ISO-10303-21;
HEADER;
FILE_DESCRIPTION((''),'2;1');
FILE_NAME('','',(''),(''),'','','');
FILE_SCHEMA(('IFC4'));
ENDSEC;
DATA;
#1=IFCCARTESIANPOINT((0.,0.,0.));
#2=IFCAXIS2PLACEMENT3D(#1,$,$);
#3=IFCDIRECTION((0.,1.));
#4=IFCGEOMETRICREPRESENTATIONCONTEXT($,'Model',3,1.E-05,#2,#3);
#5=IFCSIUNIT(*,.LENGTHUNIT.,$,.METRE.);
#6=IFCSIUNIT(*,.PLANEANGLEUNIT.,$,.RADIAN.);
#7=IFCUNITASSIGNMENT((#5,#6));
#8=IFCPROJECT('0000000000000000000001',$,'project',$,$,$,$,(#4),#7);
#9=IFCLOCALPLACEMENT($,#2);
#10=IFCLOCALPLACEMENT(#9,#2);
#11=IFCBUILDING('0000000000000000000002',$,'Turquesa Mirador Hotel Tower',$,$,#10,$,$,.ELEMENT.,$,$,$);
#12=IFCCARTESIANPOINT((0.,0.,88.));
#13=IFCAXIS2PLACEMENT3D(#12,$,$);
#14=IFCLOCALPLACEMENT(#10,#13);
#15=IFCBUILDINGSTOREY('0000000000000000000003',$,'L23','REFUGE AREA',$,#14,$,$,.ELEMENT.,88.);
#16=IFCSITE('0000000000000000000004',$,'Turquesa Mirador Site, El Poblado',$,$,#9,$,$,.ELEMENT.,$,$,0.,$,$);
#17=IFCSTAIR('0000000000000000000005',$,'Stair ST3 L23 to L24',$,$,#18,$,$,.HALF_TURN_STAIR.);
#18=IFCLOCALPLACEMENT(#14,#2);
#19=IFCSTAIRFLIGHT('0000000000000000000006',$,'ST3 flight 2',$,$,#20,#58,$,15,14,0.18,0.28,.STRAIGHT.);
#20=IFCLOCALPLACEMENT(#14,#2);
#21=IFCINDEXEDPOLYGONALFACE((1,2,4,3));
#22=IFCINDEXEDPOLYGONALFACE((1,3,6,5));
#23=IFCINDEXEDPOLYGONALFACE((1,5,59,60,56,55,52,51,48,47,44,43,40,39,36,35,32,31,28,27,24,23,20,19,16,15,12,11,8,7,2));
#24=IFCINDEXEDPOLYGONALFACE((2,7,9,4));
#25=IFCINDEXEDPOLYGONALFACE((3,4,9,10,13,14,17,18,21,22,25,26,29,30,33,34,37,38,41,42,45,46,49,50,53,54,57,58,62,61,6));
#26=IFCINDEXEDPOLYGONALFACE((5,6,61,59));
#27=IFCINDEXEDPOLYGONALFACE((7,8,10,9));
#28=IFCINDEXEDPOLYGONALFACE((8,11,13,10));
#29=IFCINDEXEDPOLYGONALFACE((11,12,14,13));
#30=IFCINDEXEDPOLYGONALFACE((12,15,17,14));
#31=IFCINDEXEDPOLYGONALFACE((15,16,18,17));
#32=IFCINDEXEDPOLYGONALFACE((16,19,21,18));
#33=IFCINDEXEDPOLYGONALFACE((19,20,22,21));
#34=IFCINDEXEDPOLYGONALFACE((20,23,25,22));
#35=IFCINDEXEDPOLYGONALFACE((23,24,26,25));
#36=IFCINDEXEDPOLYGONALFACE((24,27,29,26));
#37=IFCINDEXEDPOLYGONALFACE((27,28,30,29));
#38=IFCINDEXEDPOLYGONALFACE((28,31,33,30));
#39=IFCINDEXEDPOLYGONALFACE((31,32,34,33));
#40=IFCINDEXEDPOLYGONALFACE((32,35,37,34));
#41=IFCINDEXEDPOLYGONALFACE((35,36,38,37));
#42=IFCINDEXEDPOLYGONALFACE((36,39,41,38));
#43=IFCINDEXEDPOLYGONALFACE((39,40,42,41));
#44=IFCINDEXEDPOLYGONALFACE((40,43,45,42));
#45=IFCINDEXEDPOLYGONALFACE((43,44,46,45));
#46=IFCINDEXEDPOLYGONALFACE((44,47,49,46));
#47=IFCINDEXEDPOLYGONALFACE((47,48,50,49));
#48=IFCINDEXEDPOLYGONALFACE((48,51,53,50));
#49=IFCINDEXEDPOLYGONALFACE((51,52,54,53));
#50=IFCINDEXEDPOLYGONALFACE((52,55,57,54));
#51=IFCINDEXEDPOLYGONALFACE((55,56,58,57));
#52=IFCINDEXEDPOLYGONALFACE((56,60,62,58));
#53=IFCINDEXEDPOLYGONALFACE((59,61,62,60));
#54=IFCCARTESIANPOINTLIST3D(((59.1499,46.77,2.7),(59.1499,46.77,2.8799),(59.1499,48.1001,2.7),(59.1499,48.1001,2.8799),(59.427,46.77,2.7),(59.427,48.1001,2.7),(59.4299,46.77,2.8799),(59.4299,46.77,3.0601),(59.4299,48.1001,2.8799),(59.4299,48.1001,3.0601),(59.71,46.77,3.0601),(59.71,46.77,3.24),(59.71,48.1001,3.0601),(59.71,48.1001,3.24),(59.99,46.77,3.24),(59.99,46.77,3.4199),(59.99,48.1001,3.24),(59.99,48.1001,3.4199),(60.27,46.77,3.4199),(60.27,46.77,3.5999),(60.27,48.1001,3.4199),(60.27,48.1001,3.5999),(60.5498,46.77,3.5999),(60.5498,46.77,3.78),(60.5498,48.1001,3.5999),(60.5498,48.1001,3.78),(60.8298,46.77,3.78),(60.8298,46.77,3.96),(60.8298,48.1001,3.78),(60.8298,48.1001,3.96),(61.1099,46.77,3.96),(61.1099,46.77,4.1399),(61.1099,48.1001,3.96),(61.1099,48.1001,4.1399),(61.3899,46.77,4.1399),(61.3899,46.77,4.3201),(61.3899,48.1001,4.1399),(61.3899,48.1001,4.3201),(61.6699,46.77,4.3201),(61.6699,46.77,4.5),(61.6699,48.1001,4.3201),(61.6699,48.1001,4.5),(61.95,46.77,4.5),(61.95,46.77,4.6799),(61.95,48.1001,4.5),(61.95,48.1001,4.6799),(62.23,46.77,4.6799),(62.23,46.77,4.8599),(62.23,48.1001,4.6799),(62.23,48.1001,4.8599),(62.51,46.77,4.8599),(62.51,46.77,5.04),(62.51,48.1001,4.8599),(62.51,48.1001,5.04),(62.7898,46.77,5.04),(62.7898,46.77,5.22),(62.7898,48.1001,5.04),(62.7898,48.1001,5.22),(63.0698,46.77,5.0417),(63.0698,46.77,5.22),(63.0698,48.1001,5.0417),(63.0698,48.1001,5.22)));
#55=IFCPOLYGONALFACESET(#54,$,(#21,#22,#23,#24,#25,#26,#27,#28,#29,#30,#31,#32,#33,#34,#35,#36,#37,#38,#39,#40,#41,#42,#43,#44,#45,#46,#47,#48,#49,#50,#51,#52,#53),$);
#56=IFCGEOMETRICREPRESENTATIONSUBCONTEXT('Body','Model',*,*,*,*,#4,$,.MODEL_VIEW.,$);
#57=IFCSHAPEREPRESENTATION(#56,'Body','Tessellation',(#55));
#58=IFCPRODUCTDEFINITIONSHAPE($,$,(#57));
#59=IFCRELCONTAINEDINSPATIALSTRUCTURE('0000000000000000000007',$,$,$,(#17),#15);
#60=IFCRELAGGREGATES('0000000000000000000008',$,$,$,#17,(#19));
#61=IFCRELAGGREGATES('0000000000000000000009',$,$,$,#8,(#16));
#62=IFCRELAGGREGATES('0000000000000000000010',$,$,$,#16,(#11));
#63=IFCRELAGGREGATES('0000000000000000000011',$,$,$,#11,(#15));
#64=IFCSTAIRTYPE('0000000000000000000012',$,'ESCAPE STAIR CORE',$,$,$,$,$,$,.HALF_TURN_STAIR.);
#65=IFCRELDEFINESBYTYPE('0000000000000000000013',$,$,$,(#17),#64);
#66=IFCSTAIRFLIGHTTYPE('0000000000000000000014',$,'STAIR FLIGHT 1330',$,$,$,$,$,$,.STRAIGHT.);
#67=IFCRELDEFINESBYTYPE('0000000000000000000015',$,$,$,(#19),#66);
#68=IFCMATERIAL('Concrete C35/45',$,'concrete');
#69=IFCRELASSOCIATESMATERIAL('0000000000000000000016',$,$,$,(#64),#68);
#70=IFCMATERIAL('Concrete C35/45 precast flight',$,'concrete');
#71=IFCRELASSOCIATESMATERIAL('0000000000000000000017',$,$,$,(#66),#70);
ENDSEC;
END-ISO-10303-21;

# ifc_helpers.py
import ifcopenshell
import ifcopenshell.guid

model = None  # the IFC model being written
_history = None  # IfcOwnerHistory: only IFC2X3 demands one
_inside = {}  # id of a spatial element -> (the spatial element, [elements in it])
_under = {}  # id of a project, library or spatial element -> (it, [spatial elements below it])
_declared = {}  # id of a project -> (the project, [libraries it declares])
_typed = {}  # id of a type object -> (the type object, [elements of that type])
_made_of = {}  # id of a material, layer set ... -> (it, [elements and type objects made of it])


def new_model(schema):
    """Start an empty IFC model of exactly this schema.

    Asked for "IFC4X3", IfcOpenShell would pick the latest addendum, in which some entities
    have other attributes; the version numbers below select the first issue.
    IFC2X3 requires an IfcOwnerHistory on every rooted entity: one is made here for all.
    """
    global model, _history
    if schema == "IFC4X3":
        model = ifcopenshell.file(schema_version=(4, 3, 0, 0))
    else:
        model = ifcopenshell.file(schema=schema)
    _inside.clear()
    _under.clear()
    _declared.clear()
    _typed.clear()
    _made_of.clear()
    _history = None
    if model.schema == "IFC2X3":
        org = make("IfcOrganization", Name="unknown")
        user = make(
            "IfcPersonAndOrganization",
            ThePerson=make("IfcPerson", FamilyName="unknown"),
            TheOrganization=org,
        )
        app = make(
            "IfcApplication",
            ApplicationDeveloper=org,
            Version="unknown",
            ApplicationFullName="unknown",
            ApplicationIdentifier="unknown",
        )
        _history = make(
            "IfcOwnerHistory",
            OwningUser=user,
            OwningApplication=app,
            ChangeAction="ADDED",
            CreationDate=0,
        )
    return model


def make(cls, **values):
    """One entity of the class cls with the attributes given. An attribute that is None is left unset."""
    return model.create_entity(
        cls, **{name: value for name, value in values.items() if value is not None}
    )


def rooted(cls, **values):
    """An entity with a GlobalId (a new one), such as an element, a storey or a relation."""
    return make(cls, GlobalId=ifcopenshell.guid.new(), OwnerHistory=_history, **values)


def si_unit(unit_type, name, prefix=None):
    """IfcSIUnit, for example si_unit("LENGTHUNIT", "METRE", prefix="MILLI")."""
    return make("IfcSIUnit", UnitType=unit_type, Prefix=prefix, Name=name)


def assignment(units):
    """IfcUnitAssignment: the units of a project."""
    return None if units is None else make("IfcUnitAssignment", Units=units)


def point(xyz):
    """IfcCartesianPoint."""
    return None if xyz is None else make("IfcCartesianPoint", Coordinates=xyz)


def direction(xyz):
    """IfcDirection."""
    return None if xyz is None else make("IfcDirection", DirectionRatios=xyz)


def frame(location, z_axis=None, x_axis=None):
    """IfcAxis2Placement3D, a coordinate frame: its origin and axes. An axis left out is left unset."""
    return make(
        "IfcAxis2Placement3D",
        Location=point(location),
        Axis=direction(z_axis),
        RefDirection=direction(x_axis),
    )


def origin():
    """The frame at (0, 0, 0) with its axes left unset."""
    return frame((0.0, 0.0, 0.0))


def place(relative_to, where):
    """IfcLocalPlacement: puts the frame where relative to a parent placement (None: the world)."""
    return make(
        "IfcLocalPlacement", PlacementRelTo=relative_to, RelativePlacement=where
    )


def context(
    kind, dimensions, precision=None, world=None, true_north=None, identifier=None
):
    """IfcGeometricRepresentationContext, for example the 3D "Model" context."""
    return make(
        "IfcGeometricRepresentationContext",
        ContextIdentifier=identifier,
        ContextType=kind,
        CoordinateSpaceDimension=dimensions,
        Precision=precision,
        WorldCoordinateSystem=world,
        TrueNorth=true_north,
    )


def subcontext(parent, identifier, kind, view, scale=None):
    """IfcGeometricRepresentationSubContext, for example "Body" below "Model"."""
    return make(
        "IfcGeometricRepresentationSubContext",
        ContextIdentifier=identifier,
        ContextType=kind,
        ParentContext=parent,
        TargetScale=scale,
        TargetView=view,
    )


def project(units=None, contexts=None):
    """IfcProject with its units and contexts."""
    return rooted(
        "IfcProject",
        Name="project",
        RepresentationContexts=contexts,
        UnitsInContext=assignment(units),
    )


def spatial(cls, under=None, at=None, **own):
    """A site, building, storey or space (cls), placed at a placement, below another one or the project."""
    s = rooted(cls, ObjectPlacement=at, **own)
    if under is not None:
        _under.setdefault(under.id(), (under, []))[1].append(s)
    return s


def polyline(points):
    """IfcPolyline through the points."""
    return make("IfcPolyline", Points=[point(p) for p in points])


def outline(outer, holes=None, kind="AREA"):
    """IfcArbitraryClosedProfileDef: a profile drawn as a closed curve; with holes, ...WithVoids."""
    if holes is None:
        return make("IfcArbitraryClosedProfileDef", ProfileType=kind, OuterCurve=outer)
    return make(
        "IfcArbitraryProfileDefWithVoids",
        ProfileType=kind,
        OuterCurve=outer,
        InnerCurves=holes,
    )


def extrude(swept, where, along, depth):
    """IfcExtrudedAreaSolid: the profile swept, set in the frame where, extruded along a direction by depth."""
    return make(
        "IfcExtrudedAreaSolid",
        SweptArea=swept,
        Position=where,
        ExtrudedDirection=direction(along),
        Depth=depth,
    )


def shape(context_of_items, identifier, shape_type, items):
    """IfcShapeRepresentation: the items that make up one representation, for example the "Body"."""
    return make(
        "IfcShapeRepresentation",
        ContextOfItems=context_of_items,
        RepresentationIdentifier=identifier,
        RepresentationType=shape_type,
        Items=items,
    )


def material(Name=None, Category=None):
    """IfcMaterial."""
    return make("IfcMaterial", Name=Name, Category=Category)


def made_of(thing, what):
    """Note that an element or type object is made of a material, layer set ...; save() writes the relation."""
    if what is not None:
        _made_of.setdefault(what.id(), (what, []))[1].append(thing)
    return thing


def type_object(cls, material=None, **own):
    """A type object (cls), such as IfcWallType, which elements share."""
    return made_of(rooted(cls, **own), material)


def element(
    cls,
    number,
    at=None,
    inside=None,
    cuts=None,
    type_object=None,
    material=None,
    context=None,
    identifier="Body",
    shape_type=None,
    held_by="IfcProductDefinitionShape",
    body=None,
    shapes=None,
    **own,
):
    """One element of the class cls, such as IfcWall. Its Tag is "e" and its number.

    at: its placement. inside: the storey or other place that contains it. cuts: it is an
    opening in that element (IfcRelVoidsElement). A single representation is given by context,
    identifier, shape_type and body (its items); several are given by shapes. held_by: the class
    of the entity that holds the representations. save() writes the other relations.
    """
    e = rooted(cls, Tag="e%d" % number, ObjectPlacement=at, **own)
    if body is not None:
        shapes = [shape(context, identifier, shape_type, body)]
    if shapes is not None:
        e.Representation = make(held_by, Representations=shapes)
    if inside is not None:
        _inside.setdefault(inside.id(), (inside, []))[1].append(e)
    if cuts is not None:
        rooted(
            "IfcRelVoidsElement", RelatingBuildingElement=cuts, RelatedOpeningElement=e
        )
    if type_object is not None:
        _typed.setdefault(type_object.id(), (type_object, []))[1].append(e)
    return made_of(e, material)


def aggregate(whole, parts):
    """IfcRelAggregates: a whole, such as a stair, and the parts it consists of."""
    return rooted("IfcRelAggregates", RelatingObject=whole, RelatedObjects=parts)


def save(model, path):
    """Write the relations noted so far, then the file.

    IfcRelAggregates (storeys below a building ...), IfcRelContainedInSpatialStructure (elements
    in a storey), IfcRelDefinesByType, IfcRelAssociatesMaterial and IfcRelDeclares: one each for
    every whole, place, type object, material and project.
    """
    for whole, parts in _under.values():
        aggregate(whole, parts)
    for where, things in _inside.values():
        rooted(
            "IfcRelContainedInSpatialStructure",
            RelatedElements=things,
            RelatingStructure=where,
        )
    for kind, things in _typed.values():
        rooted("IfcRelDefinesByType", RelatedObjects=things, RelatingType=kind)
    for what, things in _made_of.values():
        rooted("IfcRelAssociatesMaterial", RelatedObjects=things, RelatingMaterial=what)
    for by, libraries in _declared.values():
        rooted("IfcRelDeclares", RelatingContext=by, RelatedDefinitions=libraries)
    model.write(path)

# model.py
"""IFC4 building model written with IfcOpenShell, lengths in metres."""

from ifc_helpers import new_model, si_unit, direction, frame, origin, place, context, subcontext, project, spatial, polyline, outline, extrude, material, type_object, element, aggregate, save


model = new_model("IFC4")

# Units and contexts
model_context = context("Model", 3, precision=1e-05, world=origin(), true_north=direction((0.0, 1.0)))
body_context = subcontext(model_context, "Body", "Model", "MODEL_VIEW")
ifc_project = project(units=[si_unit("LENGTHUNIT", "METRE"), si_unit("PLANEANGLEUNIT", "RADIAN")], contexts=[model_context])

# Site, building, storey
site_placement = place(None, origin())
site = spatial("IfcSite", under=ifc_project, at=site_placement, Name="Turquesa Mirador Site, El Poblado", CompositionType="ELEMENT", RefElevation=0.0)
building_placement = place(site_placement, origin())
building = spatial("IfcBuilding", under=site, at=building_placement, Name="Turquesa Mirador Hotel Tower", CompositionType="ELEMENT")
storey_placement = place(building_placement, frame((0.0, 0.0, 88.0)))
storey = spatial("IfcBuildingStorey", under=building, at=storey_placement, Name="L23", Description="REFUGE AREA", CompositionType="ELEMENT", Elevation=88.0)

# Shared definitions
ifc_material_1 = material(Name="Concrete C35/45", Category="concrete")
stair_type = type_object("IfcStairType", Name="ESCAPE STAIR CORE", PredefinedType="HALF_TURN_STAIR", material=ifc_material_1)
ifc_material_2 = material(Name="Concrete C35/45 precast flight", Category="concrete")
stair_flight_type = type_object("IfcStairFlightType", Name="STAIR FLIGHT 1330", PredefinedType="STRAIGHT", material=ifc_material_2)

# Stair, stair flight
stair_1_placement = place(storey_placement, origin())
stair_1 = element("IfcStair", 1, at=stair_1_placement, inside=storey, type_object=stair_type, Name="Stair ST3 L23 to L24", PredefinedType="HALF_TURN_STAIR")
stair_flight_1_placement = place(storey_placement, frame((59.1499, 47.4351, 2.7), z_axis=(0.0, 0.0, 1.0), x_axis=(1.0, 0.0, 0.0)))
stair_flight_1 = element("IfcStairFlight", 2, at=stair_flight_1_placement, type_object=stair_flight_type, Name="ST3 flight 2", NumberOfRisers=15, NumberOfTreads=14, PredefinedType="STRAIGHT", RiserHeight=0.18, TreadLength=0.28, context=body_context, shape_type="SweptSolid", body=[
    extrude(outline(polyline([(0.0, 0.0), (0.0, 0.1799), (0.28, 0.1799), (0.28, 0.3601), (0.5601, 0.3601), (0.5601, 0.54), (0.8401, 0.54), (0.8401, 0.72), (1.1201, 0.72), (1.1201, 0.8999), (1.3999, 0.8999), (1.3999, 1.0801), (1.6799, 1.0801), (1.6799, 1.26), (1.96, 1.26), (1.96, 1.4399), (2.24, 1.4399), (2.24, 1.6201), (2.52, 1.6201), (2.52, 1.8), (2.8, 1.8), (2.8, 1.98), (3.0801, 1.98), (3.0801, 2.1599), (3.3601, 2.1599), (3.3601, 2.3401), (3.6399, 2.3401), (3.6399, 2.52), (3.9199, 2.52), (3.9199, 2.7), (3.9199, 2.3418), (0.2771, 0.0), (0.0, 0.0)])), frame((0.0, 0.665, 0.0), z_axis=(0.0, -1.0, 0.0), x_axis=(1.0, 0.0, 0.0)), (0.0, 0.0, 1.0), 1.3301),
])
aggregate(stair_1, [stair_flight_1])

save(model, "model.ifc")
